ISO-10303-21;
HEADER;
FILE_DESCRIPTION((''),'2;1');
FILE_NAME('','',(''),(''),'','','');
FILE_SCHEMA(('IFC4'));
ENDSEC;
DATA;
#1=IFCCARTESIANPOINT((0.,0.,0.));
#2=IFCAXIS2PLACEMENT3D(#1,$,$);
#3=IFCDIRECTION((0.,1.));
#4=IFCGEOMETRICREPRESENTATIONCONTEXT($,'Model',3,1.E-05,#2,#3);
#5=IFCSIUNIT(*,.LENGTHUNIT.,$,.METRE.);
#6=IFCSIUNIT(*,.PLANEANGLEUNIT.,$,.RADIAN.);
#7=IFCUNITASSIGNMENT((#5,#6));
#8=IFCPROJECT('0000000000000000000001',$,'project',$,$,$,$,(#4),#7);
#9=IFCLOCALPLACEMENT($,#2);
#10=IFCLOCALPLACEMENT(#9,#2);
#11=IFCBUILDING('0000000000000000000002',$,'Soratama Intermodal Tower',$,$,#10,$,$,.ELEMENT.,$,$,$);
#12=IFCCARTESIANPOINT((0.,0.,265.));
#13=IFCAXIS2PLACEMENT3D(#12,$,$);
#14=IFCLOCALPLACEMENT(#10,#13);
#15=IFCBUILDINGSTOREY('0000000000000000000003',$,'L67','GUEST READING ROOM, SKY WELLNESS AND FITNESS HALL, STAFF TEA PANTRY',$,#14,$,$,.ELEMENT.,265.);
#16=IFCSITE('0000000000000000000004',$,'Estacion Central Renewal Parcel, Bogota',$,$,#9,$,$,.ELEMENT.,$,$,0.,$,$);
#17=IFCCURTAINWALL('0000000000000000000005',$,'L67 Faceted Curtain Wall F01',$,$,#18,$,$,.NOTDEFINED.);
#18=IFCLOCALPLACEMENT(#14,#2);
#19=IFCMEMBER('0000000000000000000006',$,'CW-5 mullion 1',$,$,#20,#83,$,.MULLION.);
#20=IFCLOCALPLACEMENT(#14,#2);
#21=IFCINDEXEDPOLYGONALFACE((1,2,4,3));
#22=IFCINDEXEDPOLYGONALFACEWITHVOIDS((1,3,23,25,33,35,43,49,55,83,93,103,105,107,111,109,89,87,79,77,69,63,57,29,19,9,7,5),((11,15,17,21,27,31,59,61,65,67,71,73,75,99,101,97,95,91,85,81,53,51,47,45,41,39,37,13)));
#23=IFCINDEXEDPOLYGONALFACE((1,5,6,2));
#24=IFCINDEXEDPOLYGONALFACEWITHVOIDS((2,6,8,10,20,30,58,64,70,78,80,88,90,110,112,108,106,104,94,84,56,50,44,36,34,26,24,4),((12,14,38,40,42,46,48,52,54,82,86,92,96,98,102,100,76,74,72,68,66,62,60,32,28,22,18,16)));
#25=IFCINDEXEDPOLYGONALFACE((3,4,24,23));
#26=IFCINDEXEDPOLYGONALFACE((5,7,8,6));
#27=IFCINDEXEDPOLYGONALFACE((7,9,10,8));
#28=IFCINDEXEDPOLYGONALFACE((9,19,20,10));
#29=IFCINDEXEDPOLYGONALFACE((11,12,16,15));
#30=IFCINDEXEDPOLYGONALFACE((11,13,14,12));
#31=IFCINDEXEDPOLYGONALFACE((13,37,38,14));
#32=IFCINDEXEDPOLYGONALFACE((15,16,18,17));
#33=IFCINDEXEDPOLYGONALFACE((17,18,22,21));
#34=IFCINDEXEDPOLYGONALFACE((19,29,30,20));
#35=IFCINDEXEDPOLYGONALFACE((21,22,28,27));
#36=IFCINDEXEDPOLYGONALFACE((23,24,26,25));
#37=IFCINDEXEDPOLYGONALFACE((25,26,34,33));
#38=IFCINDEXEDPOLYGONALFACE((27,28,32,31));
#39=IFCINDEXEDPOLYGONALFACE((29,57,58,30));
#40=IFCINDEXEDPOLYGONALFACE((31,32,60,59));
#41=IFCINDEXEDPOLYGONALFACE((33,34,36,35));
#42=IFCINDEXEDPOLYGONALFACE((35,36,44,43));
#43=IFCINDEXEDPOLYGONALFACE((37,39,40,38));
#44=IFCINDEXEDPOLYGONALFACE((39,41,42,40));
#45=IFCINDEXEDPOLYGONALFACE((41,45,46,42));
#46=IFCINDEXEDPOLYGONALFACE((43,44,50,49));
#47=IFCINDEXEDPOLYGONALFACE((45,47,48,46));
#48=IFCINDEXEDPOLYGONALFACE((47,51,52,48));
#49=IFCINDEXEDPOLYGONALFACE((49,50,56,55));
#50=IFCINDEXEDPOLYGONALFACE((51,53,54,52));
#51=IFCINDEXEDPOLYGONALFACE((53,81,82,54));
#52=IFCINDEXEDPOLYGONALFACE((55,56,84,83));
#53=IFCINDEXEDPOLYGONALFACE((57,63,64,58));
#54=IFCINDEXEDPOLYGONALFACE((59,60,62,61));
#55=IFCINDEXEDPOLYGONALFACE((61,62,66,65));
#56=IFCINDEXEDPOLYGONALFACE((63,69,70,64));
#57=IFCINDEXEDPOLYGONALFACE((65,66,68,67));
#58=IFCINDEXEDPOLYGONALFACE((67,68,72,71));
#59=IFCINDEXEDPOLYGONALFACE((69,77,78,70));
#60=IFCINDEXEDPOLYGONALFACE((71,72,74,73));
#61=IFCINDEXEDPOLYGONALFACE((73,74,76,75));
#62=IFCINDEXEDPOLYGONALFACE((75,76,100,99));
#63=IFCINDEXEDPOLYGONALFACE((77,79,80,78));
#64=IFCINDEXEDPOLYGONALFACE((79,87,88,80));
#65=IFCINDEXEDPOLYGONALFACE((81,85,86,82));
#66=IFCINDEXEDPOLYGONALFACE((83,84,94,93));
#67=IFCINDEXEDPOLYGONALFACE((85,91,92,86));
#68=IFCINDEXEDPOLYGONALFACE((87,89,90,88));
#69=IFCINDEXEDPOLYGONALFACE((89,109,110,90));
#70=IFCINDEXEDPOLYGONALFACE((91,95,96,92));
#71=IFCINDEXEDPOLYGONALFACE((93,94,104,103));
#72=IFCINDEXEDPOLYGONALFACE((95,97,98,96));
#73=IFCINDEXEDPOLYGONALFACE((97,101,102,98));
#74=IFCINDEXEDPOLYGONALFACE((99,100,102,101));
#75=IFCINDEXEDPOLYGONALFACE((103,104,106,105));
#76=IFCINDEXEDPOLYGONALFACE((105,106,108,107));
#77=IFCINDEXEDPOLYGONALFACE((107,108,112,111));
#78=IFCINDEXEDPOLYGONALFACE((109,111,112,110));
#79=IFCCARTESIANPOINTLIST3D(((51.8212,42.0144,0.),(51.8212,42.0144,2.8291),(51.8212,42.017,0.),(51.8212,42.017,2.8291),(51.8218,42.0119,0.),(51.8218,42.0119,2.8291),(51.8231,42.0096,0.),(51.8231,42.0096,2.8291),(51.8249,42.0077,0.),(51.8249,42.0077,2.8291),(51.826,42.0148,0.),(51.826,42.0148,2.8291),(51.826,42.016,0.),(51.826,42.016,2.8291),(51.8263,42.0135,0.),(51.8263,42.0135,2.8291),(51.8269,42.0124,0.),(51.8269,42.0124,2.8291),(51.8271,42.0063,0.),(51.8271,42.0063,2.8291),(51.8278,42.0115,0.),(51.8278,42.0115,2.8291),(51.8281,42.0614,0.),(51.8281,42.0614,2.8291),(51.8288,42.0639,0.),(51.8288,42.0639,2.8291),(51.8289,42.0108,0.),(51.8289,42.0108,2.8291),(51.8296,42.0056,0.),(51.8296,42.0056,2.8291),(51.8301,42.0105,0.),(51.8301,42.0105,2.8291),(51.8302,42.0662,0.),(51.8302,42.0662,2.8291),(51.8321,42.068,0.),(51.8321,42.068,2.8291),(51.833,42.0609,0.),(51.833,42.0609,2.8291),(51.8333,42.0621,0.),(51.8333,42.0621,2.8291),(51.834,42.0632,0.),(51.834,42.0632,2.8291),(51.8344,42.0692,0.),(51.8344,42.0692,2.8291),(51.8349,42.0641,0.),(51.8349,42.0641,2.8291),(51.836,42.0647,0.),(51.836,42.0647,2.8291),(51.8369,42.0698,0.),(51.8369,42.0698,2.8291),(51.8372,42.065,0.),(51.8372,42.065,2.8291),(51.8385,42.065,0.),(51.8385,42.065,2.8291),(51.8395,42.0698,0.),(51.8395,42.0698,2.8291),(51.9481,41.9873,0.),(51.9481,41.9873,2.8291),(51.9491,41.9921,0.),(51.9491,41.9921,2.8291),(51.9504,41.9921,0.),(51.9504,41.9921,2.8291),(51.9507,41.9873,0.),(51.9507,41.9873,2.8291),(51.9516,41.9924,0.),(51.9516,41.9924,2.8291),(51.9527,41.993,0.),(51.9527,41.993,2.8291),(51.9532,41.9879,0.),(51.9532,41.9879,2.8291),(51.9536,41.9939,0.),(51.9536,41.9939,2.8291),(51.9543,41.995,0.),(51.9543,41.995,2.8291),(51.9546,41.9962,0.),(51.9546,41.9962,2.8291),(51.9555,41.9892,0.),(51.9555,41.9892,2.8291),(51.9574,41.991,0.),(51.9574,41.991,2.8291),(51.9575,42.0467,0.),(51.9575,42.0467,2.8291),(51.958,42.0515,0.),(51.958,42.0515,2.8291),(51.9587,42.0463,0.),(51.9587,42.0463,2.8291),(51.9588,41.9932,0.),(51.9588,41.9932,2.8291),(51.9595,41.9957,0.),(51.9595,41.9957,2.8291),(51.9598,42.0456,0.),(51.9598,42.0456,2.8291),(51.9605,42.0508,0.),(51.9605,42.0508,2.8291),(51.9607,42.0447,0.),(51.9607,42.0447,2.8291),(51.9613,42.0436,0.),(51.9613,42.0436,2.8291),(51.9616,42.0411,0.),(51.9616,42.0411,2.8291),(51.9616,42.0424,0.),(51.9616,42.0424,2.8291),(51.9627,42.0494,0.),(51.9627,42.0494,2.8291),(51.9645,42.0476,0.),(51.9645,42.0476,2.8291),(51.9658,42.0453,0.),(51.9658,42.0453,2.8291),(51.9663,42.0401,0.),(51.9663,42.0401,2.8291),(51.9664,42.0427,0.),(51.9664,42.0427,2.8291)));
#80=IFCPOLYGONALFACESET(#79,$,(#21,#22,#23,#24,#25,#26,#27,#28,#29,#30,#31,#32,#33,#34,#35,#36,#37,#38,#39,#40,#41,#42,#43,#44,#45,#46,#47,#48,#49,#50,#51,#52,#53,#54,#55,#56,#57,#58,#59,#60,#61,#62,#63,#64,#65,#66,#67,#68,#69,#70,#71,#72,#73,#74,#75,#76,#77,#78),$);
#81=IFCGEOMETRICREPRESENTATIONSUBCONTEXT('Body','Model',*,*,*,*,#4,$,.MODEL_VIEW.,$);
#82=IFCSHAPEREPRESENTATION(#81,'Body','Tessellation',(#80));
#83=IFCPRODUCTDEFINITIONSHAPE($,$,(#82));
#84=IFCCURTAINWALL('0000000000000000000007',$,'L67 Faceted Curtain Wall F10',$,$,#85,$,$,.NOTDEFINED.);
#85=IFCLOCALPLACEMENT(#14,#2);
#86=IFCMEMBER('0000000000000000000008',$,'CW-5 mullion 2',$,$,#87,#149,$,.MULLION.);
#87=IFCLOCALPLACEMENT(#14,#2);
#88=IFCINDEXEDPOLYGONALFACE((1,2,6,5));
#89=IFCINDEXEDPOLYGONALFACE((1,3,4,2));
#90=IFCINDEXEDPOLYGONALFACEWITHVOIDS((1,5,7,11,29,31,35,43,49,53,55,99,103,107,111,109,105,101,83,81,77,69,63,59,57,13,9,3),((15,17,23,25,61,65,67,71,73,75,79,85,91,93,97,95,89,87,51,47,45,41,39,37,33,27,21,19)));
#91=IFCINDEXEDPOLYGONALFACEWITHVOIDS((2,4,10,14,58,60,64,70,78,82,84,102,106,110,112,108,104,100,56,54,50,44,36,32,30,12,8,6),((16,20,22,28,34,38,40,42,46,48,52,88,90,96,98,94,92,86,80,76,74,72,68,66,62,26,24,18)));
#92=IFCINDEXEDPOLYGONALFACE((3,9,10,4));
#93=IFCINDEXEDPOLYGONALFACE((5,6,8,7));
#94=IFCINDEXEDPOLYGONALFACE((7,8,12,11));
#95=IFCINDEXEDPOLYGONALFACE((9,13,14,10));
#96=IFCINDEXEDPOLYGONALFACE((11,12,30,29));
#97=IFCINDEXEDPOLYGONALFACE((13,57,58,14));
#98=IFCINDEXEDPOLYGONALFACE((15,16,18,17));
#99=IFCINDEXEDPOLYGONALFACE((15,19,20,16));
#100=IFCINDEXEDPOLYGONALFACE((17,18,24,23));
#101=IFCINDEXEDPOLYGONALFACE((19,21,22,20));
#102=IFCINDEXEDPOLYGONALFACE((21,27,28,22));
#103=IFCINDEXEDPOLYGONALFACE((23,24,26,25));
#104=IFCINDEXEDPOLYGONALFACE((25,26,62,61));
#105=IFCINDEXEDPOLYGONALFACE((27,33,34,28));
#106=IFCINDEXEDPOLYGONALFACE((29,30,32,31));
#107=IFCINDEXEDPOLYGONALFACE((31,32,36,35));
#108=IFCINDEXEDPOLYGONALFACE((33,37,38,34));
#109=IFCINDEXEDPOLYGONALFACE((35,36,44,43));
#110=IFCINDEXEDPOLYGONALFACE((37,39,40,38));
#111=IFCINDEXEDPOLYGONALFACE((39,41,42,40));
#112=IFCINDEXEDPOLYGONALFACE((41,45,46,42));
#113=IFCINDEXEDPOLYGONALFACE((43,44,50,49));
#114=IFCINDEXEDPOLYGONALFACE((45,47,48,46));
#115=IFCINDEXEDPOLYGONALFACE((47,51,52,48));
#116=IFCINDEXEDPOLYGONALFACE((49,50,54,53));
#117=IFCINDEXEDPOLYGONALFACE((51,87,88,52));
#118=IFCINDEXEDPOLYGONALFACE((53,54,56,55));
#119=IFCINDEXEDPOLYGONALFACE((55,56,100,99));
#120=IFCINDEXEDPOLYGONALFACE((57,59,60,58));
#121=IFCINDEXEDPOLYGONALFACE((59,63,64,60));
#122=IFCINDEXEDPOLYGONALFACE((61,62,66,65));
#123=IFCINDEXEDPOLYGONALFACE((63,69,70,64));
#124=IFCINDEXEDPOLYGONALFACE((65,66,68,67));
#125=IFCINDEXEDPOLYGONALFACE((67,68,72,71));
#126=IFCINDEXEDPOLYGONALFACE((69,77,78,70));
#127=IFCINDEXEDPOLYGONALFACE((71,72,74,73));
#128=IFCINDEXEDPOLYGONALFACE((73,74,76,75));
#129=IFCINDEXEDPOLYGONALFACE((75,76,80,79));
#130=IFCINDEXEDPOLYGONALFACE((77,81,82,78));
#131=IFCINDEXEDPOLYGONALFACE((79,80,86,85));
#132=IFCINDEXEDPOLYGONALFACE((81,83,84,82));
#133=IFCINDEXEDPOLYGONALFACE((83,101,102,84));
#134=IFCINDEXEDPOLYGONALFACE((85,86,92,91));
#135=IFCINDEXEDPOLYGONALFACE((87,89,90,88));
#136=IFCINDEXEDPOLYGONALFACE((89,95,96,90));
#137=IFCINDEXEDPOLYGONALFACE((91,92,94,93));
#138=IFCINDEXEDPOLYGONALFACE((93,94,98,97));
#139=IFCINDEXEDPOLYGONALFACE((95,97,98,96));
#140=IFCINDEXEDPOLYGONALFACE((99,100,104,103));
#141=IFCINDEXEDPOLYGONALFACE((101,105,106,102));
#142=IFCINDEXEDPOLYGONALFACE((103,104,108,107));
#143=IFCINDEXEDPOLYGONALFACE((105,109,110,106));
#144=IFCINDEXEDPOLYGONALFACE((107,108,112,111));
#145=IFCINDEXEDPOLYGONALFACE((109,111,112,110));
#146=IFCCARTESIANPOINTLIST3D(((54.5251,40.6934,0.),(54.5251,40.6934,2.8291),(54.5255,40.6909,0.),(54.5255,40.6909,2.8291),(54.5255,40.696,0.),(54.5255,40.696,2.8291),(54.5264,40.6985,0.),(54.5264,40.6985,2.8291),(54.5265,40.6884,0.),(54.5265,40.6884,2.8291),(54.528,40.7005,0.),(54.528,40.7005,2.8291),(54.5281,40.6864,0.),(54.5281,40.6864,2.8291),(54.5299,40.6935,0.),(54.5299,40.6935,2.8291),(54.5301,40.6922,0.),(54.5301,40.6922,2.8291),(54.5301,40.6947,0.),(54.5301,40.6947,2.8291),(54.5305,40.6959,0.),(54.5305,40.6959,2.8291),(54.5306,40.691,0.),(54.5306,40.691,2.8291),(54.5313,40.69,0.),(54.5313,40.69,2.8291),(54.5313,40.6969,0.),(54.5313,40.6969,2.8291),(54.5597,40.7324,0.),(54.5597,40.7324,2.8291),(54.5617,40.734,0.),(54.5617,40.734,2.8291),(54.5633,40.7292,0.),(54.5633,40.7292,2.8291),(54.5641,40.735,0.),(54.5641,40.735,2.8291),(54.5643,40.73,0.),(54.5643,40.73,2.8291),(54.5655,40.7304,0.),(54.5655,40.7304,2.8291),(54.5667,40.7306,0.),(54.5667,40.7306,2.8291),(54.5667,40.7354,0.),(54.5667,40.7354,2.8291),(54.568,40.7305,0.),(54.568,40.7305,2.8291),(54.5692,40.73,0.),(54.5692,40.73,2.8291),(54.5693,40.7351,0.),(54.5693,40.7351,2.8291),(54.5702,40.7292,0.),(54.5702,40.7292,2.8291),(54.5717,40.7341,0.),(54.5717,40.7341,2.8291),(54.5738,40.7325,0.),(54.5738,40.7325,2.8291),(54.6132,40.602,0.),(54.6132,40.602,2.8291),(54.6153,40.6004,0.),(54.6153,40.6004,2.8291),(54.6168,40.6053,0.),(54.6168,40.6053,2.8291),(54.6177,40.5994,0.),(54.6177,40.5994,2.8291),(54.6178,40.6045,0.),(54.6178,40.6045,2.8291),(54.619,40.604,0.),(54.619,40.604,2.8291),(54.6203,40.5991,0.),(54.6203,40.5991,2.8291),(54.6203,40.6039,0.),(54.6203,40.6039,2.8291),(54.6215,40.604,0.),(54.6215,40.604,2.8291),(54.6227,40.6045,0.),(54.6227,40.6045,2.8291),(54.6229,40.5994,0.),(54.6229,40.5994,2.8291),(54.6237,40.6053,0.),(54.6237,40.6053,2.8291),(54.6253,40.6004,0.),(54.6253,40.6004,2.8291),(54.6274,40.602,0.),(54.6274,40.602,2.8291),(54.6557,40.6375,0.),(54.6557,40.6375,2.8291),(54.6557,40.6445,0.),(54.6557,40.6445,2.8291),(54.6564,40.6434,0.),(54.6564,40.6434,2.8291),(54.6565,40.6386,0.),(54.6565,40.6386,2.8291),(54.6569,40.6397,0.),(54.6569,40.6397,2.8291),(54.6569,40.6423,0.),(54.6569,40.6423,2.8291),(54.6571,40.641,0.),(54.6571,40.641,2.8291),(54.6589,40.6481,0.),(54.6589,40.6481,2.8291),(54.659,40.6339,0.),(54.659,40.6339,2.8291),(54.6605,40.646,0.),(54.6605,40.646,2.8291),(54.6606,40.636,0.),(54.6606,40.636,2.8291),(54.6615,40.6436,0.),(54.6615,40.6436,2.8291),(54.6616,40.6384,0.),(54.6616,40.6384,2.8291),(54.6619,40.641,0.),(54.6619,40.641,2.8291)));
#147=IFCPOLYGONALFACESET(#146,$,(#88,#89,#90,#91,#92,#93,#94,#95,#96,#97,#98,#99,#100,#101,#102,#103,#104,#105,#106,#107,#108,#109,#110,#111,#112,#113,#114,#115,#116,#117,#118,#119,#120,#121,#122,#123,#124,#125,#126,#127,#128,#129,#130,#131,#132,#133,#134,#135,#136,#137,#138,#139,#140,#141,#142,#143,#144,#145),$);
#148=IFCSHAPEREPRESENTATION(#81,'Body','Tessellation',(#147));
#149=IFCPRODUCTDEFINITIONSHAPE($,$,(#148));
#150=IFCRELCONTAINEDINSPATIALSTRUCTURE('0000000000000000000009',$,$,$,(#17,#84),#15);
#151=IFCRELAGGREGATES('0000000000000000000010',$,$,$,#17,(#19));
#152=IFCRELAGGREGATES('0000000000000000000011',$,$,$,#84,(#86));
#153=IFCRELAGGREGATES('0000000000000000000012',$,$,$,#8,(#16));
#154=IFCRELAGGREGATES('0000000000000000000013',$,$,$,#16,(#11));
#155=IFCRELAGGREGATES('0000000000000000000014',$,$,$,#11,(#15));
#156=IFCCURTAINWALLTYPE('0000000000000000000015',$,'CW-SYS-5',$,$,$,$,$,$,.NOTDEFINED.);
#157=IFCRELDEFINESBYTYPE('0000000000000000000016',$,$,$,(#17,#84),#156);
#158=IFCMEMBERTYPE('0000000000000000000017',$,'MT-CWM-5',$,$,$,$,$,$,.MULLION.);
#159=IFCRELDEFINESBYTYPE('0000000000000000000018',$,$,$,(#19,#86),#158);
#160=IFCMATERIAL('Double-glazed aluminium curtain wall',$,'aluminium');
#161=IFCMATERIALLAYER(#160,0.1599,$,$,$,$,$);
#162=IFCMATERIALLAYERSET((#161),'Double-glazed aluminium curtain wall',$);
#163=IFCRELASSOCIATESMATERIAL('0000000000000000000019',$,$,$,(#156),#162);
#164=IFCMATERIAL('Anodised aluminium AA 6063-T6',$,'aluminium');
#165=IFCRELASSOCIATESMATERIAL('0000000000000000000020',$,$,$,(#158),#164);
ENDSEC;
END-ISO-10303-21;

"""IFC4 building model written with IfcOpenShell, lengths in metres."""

from ifc_helpers import new_model, si_unit, direction, frame, origin, origin_2d, place, context, subcontext, project, spatial, hollow_rectangle, extrude, material, layer, layer_set, material_profile, profile_set, type_object, element, aggregate, save


model = new_model("IFC4")

# Units and contexts
model_context = context("Model", 3, precision=1e-05, world=origin(), true_north=direction((0.0, 1.0)))
body_context = subcontext(model_context, "Body", "Model", "MODEL_VIEW")
ifc_project = project(units=[si_unit("LENGTHUNIT", "METRE"), si_unit("PLANEANGLEUNIT", "RADIAN")], contexts=[model_context])

# Site, building, storey
site_placement = place(None, origin())
site = spatial("IfcSite", under=ifc_project, at=site_placement, Name="Estacion Central Renewal Parcel, Bogota", CompositionType="ELEMENT", RefElevation=0.0)
building_placement = place(site_placement, origin())
building = spatial("IfcBuilding", under=site, at=building_placement, Name="Soratama Intermodal Tower", CompositionType="ELEMENT")
storey_placement = place(building_placement, frame((0.0, 0.0, 265.0)))
storey = spatial("IfcBuildingStorey", under=building, at=storey_placement, Name="L67", Description="GUEST READING ROOM, SKY WELLNESS AND FITNESS HALL, STAFF TEA PANTRY", CompositionType="ELEMENT", Elevation=265.0)

# Curtain walls, members
ifc_material_1 = material(Name="Double-glazed aluminium curtain wall", Category="aluminium")
ifc_layer_1 = layer(ifc_material_1, 0.1599)
ifc_layer_set_1 = layer_set([ifc_layer_1], Name="Double-glazed aluminium curtain wall")
curtain_wall_type = type_object("IfcCurtainWallType", Name="CW-SYS-5", PredefinedType="NOTDEFINED", material=ifc_layer_set_1)
curtain_wall_1_placement = place(storey_placement, origin())
curtain_wall_1 = element("IfcCurtainWall", 1, at=curtain_wall_1_placement, inside=storey, type_object=curtain_wall_type, Name="L67 Faceted Curtain Wall F01", PredefinedType="NOTDEFINED")
ifc_material_2 = material(Name="Anodised aluminium AA 6063-T6", Category="aluminium")
ifc_material_profile_1 = material_profile(ifc_material_2, hollow_rectangle(XDim=0.0649, YDim=0.1399, WallThickness=0.0049, InnerFilletRadius=0.0049, OuterFilletRadius=0.01, at=origin_2d()), Name="CWM140X65X5")
ifc_profile_set_1 = profile_set([ifc_material_profile_1], Name="Anodised aluminium AA 6063-T6")
member_type_1 = type_object("IfcMemberType", Name="MT-CWM-5", PredefinedType="MULLION", material=ifc_profile_set_1)
member_1_placement = place(storey_placement, frame((51.8938, 42.0286, 0.0), z_axis=(0.0, 0.0, 1.0), x_axis=(-0.152297, -0.988335, 0.0)))
member_1 = element("IfcMember", 2, at=member_1_placement, type_object=member_type_1, Name="CW-5 mullion 1", PredefinedType="MULLION", context=body_context, shape_type="SweptSolid", body=[
    extrude(hollow_rectangle(XDim=0.0649, YDim=0.1399, WallThickness=0.0049, InnerFilletRadius=0.0049, OuterFilletRadius=0.01, at=origin_2d()), origin(), (0.0, 0.0, 1.0), 2.8291),
])
curtain_wall_2_placement = place(storey_placement, origin())
curtain_wall_2 = element("IfcCurtainWall", 3, at=curtain_wall_2_placement, inside=storey, type_object=curtain_wall_type, Name="L67 Faceted Curtain Wall F10", PredefinedType="NOTDEFINED")
member_2_placement = place(storey_placement, frame((54.5935, 40.6672, 0.0), z_axis=(0.0, 0.0, 1.0), x_axis=(-0.704136, -0.710065, 0.0)))
member_2 = element("IfcMember", 4, at=member_2_placement, type_object=member_type_1, Name="CW-5 mullion 2", PredefinedType="MULLION", context=body_context, shape_type="SweptSolid", body=[
    extrude(hollow_rectangle(XDim=0.0649, YDim=0.1399, WallThickness=0.0049, InnerFilletRadius=0.0049, OuterFilletRadius=0.01, at=origin_2d()), origin(), (0.0, 0.0, 1.0), 2.8291),
])

aggregate(curtain_wall_1, [member_1])

aggregate(curtain_wall_2, [member_2])

save(model, "model.ifc")
